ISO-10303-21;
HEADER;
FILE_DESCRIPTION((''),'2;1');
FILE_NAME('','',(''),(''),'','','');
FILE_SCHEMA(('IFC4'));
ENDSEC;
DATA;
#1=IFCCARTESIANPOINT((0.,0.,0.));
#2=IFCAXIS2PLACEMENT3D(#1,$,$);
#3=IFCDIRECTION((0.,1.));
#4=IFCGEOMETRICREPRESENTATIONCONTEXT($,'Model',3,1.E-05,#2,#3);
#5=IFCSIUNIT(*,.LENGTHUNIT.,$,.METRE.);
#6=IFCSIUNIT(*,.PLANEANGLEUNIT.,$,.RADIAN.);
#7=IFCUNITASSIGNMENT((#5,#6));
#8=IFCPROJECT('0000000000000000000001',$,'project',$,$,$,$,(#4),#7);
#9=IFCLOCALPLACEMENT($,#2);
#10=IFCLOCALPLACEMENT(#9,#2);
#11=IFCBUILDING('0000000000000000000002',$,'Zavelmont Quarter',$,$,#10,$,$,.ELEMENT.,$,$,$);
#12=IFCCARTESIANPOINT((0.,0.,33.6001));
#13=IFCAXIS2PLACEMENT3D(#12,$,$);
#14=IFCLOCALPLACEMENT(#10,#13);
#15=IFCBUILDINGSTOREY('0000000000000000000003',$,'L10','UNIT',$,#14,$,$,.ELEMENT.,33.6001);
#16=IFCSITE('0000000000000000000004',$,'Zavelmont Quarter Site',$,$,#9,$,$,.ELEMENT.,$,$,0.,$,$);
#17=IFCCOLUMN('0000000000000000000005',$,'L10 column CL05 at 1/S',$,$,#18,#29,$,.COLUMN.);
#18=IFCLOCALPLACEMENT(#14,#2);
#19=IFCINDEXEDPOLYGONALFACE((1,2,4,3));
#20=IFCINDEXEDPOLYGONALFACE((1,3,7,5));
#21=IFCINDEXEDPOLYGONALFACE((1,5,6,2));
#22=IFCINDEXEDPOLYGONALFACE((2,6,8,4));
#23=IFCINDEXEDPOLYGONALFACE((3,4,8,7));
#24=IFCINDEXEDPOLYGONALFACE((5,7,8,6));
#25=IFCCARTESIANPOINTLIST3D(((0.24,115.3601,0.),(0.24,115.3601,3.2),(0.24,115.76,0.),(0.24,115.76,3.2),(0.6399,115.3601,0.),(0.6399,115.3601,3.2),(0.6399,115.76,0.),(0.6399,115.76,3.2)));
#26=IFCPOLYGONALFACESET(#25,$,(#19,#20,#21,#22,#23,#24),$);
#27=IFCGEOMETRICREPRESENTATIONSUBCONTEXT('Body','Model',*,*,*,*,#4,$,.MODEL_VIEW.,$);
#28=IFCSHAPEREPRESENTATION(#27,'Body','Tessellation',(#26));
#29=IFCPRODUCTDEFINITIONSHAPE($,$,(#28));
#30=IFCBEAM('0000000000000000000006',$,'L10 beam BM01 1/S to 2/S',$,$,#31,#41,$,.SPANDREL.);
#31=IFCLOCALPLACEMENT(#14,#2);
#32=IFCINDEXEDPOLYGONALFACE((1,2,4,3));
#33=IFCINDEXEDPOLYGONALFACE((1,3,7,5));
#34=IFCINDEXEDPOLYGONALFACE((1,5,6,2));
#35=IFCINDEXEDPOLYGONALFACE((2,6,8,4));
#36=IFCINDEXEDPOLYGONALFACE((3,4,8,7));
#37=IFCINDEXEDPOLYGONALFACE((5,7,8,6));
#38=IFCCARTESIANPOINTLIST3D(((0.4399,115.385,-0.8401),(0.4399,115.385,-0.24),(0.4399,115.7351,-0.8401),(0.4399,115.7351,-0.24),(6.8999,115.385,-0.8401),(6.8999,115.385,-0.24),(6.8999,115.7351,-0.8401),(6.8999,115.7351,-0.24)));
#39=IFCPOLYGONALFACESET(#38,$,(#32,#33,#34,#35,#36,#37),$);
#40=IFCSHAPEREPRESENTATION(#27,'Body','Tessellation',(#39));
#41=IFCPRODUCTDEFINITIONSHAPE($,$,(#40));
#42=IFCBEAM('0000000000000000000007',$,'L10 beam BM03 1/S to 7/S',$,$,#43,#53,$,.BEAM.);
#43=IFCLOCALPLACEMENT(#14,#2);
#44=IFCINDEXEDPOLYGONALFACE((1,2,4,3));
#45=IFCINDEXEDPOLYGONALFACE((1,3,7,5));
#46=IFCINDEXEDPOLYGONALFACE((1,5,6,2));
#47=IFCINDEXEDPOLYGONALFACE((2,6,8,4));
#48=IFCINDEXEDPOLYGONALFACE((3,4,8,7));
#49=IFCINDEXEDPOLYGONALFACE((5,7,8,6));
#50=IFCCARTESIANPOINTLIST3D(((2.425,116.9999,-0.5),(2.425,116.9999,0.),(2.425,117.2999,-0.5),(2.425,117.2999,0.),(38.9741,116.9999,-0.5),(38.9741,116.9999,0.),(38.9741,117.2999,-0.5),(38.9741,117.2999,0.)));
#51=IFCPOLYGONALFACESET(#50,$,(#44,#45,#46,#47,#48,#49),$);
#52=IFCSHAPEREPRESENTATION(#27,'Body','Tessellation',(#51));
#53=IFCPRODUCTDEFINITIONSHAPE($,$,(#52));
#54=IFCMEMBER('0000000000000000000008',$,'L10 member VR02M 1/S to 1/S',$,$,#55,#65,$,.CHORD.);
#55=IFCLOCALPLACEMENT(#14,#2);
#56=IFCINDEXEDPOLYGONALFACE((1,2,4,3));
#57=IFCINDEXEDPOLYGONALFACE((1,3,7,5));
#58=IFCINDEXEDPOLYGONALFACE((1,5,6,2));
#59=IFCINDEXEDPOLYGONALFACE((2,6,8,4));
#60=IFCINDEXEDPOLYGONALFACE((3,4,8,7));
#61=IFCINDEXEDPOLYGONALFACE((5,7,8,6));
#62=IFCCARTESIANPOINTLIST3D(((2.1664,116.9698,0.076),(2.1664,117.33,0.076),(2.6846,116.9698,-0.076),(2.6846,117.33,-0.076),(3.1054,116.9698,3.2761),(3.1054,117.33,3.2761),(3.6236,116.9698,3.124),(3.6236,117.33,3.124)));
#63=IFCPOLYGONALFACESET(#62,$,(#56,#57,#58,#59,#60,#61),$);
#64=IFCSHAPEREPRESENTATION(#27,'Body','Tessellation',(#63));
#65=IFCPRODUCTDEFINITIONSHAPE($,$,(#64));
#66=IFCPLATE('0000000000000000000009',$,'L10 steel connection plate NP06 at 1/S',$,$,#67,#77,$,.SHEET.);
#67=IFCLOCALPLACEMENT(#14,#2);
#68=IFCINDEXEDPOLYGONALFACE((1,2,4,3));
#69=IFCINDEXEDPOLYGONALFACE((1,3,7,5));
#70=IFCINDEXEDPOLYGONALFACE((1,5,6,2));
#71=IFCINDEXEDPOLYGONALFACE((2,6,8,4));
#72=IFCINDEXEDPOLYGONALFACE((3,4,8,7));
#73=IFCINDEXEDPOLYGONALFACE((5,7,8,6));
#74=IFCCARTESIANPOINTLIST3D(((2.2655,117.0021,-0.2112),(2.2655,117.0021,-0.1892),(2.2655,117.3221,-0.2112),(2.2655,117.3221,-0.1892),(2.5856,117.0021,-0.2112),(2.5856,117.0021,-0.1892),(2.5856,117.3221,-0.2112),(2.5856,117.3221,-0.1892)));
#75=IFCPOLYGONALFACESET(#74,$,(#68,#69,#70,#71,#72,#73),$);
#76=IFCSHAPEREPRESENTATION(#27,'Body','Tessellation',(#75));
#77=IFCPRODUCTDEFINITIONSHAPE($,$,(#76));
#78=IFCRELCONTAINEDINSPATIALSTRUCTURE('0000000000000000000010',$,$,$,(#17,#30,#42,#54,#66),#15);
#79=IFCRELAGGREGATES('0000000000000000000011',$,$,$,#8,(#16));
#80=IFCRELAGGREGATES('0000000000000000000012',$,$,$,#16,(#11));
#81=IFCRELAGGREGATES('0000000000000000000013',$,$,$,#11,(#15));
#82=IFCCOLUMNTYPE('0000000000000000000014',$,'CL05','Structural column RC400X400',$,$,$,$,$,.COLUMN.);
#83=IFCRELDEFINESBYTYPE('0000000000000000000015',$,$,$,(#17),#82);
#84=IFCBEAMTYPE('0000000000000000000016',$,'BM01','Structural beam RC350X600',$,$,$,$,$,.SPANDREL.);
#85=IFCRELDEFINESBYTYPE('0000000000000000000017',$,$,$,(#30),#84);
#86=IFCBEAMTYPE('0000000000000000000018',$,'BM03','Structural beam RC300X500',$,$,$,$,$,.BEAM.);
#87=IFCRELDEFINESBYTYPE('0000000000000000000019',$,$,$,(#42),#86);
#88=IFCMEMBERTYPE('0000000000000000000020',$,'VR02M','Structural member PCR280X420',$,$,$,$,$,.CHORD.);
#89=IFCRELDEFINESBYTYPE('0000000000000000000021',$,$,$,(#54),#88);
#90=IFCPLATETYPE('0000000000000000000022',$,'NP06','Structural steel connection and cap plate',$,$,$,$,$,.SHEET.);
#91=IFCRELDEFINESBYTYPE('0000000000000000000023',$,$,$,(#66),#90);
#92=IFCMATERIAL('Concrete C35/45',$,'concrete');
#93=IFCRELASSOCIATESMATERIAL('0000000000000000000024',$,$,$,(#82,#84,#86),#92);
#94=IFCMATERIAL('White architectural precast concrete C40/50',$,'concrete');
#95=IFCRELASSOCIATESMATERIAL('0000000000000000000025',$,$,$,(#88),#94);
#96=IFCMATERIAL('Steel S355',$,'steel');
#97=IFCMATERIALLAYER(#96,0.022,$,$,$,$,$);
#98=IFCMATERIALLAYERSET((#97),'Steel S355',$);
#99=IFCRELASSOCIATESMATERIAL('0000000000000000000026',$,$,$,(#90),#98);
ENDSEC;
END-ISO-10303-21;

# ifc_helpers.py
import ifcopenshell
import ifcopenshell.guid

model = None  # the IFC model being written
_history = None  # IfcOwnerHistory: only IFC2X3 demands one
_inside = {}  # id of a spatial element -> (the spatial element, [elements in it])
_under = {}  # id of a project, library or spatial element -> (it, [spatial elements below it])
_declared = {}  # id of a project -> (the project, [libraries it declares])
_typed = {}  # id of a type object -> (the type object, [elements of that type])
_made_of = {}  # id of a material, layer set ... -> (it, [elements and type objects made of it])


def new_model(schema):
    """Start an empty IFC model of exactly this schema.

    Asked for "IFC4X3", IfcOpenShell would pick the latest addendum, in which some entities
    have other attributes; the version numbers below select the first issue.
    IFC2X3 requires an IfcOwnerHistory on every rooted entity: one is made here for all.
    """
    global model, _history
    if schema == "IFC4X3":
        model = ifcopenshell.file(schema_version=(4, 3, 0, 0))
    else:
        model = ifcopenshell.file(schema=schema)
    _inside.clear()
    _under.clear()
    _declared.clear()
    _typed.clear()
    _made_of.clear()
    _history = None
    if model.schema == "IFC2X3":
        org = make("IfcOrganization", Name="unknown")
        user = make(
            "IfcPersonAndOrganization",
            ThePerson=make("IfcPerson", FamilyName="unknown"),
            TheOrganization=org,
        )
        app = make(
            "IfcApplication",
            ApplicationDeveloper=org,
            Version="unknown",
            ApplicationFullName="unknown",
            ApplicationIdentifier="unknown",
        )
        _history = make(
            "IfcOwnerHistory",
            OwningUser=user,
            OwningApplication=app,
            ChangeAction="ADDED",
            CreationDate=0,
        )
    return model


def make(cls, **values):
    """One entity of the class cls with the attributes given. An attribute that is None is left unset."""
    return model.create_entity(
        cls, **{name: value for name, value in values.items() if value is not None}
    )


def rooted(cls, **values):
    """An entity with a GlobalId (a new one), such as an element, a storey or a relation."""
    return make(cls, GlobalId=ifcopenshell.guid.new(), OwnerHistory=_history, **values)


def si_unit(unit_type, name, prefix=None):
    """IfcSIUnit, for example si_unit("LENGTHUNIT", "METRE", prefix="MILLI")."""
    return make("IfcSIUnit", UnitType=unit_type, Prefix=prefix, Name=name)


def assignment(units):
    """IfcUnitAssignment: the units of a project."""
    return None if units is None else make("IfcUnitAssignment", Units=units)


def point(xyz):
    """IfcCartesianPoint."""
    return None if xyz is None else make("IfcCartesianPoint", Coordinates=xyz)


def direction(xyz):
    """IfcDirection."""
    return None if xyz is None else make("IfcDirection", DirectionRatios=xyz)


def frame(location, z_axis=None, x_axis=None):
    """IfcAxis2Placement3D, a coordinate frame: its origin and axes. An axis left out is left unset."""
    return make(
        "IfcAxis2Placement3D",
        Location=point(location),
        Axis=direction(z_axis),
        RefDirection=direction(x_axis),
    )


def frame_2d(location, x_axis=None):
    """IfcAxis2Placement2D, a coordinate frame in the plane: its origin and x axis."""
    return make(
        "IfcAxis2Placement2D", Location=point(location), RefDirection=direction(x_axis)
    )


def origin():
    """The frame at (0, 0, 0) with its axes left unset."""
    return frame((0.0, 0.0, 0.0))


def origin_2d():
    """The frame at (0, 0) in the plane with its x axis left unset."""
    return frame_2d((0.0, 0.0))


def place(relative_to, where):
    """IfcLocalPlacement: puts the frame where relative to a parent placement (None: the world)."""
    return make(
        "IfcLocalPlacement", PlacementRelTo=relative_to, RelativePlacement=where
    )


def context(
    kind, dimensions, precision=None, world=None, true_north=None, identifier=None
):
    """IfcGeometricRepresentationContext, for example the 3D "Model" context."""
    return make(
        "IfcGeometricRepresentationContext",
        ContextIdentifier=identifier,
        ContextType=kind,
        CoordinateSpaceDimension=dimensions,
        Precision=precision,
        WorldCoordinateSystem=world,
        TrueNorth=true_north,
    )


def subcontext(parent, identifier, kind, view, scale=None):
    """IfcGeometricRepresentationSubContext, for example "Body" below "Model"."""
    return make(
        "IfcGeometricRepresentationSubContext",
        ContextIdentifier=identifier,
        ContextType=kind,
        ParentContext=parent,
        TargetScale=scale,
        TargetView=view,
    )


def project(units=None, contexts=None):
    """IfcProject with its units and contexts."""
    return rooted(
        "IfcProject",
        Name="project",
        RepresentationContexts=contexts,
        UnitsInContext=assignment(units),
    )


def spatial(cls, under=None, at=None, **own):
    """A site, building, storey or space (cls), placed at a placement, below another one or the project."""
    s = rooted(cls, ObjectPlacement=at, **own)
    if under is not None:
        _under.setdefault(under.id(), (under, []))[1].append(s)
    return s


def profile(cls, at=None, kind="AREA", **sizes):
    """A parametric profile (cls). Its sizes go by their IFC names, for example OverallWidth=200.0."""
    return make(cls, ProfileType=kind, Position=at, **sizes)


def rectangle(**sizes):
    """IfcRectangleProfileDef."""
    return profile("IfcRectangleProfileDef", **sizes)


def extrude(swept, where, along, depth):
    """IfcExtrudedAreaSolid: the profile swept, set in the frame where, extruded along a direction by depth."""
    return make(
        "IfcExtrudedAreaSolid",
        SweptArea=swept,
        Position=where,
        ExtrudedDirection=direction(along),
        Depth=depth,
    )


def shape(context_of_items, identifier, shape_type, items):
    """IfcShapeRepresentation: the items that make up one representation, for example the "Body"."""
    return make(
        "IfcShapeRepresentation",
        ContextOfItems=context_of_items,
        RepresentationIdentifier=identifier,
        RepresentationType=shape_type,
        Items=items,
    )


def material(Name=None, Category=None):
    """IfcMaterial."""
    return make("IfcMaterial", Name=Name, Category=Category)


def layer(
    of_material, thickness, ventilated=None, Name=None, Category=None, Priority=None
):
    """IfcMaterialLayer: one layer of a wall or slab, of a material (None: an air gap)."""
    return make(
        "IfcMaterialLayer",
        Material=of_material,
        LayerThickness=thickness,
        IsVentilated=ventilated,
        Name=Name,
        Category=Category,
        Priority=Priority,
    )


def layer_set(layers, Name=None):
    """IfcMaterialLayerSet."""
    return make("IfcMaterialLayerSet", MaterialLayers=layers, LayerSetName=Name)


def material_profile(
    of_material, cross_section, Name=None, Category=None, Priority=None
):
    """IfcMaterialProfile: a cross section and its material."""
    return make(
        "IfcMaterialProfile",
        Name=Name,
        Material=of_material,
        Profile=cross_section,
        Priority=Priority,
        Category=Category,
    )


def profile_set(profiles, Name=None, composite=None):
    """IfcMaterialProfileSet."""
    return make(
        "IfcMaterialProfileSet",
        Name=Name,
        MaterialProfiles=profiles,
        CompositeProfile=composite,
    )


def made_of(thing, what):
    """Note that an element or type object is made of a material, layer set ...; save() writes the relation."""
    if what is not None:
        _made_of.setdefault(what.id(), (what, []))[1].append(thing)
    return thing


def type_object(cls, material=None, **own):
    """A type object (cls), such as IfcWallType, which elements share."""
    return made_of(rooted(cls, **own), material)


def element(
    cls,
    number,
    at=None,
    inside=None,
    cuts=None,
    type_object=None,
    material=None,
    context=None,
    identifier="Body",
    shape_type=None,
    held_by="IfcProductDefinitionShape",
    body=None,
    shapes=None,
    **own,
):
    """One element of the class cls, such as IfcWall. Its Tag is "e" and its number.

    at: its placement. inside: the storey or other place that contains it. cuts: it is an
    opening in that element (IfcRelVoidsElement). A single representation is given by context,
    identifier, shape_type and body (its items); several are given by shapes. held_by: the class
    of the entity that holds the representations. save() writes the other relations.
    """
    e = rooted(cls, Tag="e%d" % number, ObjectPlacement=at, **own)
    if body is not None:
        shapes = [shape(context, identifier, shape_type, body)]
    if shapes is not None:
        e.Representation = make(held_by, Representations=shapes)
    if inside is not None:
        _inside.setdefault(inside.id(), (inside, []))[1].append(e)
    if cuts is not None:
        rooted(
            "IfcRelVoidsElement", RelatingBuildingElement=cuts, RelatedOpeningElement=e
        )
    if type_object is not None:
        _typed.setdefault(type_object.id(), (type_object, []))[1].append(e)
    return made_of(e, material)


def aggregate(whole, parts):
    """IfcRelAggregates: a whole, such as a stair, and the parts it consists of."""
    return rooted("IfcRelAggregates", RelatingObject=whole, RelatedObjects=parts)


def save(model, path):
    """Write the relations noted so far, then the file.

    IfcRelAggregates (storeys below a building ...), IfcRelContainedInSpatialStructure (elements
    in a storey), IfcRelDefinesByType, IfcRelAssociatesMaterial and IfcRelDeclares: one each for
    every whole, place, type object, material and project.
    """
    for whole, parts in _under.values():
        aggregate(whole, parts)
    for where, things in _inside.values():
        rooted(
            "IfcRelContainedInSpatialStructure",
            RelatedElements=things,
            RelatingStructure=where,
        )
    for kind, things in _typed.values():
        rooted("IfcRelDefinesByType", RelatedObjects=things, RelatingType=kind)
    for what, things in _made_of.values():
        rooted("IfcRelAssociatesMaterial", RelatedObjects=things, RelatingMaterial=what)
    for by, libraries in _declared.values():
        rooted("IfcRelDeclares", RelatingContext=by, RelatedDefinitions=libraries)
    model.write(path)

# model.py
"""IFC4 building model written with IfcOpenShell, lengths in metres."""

from ifc_helpers import new_model, si_unit, direction, frame, origin, origin_2d, place, context, subcontext, project, spatial, rectangle, extrude, material, layer, layer_set, material_profile, profile_set, type_object, element, save


model = new_model("IFC4")

# Units and contexts
model_context = context("Model", 3, precision=1e-05, world=origin(), true_north=direction((0.0, 1.0)))
body_context = subcontext(model_context, "Body", "Model", "MODEL_VIEW")
ifc_project = project(units=[si_unit("LENGTHUNIT", "METRE"), si_unit("PLANEANGLEUNIT", "RADIAN")], contexts=[model_context])

# Site, building, storey
site_placement = place(None, origin())
site = spatial("IfcSite", under=ifc_project, at=site_placement, Name="Zavelmont Quarter Site", CompositionType="ELEMENT", RefElevation=0.0)
building_placement = place(site_placement, origin())
building = spatial("IfcBuilding", under=site, at=building_placement, Name="Zavelmont Quarter", CompositionType="ELEMENT")
storey_placement = place(building_placement, frame((0.0, 0.0, 33.6001)))
storey = spatial("IfcBuildingStorey", under=building, at=storey_placement, Name="L10", Description="UNIT", CompositionType="ELEMENT", Elevation=33.6001)

# Column
ifc_material_1 = material(Name="Concrete C35/45", Category="concrete")
ifc_material_profile_1 = material_profile(ifc_material_1, rectangle(XDim=0.3999, YDim=0.3999, at=origin_2d()), Name="RC400X400")
ifc_profile_set_1 = profile_set([ifc_material_profile_1], Name="Concrete C35/45")
column_type = type_object("IfcColumnType", Name="CL05", Description="Structural column RC400X400", PredefinedType="COLUMN", material=ifc_profile_set_1)
column_placement = place(storey_placement, frame((0.4399, 115.5601, 0.0), z_axis=(0.0, 0.0, 1.0), x_axis=(1.0, 0.0, 0.0)))
element("IfcColumn", 1, at=column_placement, inside=storey, type_object=column_type, Name="L10 column CL05 at 1/S", PredefinedType="COLUMN", context=body_context, shape_type="SweptSolid", body=[
    extrude(rectangle(XDim=0.3999, YDim=0.3999, at=origin_2d()), origin(), (0.0, 0.0, 1.0), 3.2),
])

# Beams
ifc_material_profile_2 = material_profile(ifc_material_1, rectangle(XDim=0.3501, YDim=0.6001, at=origin_2d()), Name="RC350X600")
ifc_profile_set_2 = profile_set([ifc_material_profile_2], Name="Concrete C35/45")
beam_type_1 = type_object("IfcBeamType", Name="BM01", Description="Structural beam RC350X600", PredefinedType="SPANDREL", material=ifc_profile_set_2)
beam_1_placement = place(storey_placement, frame((0.4399, 115.5601, -0.54), z_axis=(1.0, 0.0, 0.0), x_axis=(0.0, 1.0, 0.0)))
element("IfcBeam", 2, at=beam_1_placement, inside=storey, type_object=beam_type_1, Name="L10 beam BM01 1/S to 2/S", PredefinedType="SPANDREL", context=body_context, shape_type="SweptSolid", body=[
    extrude(rectangle(XDim=0.3501, YDim=0.6001, at=origin_2d()), origin(), (0.0, 0.0, 1.0), 6.46),
])
ifc_material_profile_3 = material_profile(ifc_material_1, rectangle(XDim=0.3, YDim=0.5, at=origin_2d()), Name="RC300X500")
ifc_profile_set_3 = profile_set([ifc_material_profile_3], Name="Concrete C35/45")
beam_type_2 = type_object("IfcBeamType", Name="BM03", Description="Structural beam RC300X500", PredefinedType="BEAM", material=ifc_profile_set_3)
beam_2_placement = place(storey_placement, frame((2.425, 117.1499, -0.25), z_axis=(1.0, 0.0, 0.0), x_axis=(0.0, 1.0, 0.0)))
element("IfcBeam", 3, at=beam_2_placement, inside=storey, type_object=beam_type_2, Name="L10 beam BM03 1/S to 7/S", PredefinedType="BEAM", context=body_context, shape_type="SweptSolid", body=[
    extrude(rectangle(XDim=0.3, YDim=0.5, at=origin_2d()), origin(), (0.0, 0.0, 1.0), 36.5491),
])

# Member
ifc_material_2 = material(Name="White architectural precast concrete C40/50", Category="concrete")
ifc_material_profile_4 = material_profile(ifc_material_2, rectangle(XDim=0.3601, YDim=0.54, at=origin_2d()), Name="PCR280X420")
ifc_profile_set_4 = profile_set([ifc_material_profile_4], Name="White architectural precast concrete C40/50")
member_type = type_object("IfcMemberType", Name="VR02M", Description="Structural member PCR280X420", PredefinedType="CHORD", material=ifc_profile_set_4)
member_placement = place(storey_placement, frame((2.4255, 117.1499, 0.0), z_axis=(0.28156, 0.0, 0.959544), x_axis=(0.0, 1.0, 0.0)))
element("IfcMember", 4, at=member_placement, inside=storey, type_object=member_type, Name="L10 member VR02M 1/S to 1/S", PredefinedType="CHORD", context=body_context, shape_type="SweptSolid", body=[
    extrude(rectangle(XDim=0.3601, YDim=0.54, at=origin_2d()), origin(), (0.0, 0.0, 1.0), 3.335),
])

# Plate
ifc_material_3 = material(Name="Steel S355", Category="steel")
ifc_layer_1 = layer(ifc_material_3, 0.022)
ifc_layer_set_1 = layer_set([ifc_layer_1], Name="Steel S355")
plate_type = type_object("IfcPlateType", Name="NP06", Description="Structural steel connection and cap plate", PredefinedType="SHEET", material=ifc_layer_set_1)
plate_placement = place(storey_placement, frame((2.4255, 117.1621, -0.2112), z_axis=(0.0, 0.0, 1.0), x_axis=(1.0, 0.0, 0.0)))
element("IfcPlate", 5, at=plate_placement, inside=storey, type_object=plate_type, Name="L10 steel connection plate NP06 at 1/S", PredefinedType="SHEET", context=body_context, shape_type="SweptSolid", body=[
    extrude(rectangle(XDim=0.3201, YDim=0.3201, at=origin_2d()), origin(), (0.0, 0.0, 1.0), 0.022),
])

save(model, "model.ifc")
